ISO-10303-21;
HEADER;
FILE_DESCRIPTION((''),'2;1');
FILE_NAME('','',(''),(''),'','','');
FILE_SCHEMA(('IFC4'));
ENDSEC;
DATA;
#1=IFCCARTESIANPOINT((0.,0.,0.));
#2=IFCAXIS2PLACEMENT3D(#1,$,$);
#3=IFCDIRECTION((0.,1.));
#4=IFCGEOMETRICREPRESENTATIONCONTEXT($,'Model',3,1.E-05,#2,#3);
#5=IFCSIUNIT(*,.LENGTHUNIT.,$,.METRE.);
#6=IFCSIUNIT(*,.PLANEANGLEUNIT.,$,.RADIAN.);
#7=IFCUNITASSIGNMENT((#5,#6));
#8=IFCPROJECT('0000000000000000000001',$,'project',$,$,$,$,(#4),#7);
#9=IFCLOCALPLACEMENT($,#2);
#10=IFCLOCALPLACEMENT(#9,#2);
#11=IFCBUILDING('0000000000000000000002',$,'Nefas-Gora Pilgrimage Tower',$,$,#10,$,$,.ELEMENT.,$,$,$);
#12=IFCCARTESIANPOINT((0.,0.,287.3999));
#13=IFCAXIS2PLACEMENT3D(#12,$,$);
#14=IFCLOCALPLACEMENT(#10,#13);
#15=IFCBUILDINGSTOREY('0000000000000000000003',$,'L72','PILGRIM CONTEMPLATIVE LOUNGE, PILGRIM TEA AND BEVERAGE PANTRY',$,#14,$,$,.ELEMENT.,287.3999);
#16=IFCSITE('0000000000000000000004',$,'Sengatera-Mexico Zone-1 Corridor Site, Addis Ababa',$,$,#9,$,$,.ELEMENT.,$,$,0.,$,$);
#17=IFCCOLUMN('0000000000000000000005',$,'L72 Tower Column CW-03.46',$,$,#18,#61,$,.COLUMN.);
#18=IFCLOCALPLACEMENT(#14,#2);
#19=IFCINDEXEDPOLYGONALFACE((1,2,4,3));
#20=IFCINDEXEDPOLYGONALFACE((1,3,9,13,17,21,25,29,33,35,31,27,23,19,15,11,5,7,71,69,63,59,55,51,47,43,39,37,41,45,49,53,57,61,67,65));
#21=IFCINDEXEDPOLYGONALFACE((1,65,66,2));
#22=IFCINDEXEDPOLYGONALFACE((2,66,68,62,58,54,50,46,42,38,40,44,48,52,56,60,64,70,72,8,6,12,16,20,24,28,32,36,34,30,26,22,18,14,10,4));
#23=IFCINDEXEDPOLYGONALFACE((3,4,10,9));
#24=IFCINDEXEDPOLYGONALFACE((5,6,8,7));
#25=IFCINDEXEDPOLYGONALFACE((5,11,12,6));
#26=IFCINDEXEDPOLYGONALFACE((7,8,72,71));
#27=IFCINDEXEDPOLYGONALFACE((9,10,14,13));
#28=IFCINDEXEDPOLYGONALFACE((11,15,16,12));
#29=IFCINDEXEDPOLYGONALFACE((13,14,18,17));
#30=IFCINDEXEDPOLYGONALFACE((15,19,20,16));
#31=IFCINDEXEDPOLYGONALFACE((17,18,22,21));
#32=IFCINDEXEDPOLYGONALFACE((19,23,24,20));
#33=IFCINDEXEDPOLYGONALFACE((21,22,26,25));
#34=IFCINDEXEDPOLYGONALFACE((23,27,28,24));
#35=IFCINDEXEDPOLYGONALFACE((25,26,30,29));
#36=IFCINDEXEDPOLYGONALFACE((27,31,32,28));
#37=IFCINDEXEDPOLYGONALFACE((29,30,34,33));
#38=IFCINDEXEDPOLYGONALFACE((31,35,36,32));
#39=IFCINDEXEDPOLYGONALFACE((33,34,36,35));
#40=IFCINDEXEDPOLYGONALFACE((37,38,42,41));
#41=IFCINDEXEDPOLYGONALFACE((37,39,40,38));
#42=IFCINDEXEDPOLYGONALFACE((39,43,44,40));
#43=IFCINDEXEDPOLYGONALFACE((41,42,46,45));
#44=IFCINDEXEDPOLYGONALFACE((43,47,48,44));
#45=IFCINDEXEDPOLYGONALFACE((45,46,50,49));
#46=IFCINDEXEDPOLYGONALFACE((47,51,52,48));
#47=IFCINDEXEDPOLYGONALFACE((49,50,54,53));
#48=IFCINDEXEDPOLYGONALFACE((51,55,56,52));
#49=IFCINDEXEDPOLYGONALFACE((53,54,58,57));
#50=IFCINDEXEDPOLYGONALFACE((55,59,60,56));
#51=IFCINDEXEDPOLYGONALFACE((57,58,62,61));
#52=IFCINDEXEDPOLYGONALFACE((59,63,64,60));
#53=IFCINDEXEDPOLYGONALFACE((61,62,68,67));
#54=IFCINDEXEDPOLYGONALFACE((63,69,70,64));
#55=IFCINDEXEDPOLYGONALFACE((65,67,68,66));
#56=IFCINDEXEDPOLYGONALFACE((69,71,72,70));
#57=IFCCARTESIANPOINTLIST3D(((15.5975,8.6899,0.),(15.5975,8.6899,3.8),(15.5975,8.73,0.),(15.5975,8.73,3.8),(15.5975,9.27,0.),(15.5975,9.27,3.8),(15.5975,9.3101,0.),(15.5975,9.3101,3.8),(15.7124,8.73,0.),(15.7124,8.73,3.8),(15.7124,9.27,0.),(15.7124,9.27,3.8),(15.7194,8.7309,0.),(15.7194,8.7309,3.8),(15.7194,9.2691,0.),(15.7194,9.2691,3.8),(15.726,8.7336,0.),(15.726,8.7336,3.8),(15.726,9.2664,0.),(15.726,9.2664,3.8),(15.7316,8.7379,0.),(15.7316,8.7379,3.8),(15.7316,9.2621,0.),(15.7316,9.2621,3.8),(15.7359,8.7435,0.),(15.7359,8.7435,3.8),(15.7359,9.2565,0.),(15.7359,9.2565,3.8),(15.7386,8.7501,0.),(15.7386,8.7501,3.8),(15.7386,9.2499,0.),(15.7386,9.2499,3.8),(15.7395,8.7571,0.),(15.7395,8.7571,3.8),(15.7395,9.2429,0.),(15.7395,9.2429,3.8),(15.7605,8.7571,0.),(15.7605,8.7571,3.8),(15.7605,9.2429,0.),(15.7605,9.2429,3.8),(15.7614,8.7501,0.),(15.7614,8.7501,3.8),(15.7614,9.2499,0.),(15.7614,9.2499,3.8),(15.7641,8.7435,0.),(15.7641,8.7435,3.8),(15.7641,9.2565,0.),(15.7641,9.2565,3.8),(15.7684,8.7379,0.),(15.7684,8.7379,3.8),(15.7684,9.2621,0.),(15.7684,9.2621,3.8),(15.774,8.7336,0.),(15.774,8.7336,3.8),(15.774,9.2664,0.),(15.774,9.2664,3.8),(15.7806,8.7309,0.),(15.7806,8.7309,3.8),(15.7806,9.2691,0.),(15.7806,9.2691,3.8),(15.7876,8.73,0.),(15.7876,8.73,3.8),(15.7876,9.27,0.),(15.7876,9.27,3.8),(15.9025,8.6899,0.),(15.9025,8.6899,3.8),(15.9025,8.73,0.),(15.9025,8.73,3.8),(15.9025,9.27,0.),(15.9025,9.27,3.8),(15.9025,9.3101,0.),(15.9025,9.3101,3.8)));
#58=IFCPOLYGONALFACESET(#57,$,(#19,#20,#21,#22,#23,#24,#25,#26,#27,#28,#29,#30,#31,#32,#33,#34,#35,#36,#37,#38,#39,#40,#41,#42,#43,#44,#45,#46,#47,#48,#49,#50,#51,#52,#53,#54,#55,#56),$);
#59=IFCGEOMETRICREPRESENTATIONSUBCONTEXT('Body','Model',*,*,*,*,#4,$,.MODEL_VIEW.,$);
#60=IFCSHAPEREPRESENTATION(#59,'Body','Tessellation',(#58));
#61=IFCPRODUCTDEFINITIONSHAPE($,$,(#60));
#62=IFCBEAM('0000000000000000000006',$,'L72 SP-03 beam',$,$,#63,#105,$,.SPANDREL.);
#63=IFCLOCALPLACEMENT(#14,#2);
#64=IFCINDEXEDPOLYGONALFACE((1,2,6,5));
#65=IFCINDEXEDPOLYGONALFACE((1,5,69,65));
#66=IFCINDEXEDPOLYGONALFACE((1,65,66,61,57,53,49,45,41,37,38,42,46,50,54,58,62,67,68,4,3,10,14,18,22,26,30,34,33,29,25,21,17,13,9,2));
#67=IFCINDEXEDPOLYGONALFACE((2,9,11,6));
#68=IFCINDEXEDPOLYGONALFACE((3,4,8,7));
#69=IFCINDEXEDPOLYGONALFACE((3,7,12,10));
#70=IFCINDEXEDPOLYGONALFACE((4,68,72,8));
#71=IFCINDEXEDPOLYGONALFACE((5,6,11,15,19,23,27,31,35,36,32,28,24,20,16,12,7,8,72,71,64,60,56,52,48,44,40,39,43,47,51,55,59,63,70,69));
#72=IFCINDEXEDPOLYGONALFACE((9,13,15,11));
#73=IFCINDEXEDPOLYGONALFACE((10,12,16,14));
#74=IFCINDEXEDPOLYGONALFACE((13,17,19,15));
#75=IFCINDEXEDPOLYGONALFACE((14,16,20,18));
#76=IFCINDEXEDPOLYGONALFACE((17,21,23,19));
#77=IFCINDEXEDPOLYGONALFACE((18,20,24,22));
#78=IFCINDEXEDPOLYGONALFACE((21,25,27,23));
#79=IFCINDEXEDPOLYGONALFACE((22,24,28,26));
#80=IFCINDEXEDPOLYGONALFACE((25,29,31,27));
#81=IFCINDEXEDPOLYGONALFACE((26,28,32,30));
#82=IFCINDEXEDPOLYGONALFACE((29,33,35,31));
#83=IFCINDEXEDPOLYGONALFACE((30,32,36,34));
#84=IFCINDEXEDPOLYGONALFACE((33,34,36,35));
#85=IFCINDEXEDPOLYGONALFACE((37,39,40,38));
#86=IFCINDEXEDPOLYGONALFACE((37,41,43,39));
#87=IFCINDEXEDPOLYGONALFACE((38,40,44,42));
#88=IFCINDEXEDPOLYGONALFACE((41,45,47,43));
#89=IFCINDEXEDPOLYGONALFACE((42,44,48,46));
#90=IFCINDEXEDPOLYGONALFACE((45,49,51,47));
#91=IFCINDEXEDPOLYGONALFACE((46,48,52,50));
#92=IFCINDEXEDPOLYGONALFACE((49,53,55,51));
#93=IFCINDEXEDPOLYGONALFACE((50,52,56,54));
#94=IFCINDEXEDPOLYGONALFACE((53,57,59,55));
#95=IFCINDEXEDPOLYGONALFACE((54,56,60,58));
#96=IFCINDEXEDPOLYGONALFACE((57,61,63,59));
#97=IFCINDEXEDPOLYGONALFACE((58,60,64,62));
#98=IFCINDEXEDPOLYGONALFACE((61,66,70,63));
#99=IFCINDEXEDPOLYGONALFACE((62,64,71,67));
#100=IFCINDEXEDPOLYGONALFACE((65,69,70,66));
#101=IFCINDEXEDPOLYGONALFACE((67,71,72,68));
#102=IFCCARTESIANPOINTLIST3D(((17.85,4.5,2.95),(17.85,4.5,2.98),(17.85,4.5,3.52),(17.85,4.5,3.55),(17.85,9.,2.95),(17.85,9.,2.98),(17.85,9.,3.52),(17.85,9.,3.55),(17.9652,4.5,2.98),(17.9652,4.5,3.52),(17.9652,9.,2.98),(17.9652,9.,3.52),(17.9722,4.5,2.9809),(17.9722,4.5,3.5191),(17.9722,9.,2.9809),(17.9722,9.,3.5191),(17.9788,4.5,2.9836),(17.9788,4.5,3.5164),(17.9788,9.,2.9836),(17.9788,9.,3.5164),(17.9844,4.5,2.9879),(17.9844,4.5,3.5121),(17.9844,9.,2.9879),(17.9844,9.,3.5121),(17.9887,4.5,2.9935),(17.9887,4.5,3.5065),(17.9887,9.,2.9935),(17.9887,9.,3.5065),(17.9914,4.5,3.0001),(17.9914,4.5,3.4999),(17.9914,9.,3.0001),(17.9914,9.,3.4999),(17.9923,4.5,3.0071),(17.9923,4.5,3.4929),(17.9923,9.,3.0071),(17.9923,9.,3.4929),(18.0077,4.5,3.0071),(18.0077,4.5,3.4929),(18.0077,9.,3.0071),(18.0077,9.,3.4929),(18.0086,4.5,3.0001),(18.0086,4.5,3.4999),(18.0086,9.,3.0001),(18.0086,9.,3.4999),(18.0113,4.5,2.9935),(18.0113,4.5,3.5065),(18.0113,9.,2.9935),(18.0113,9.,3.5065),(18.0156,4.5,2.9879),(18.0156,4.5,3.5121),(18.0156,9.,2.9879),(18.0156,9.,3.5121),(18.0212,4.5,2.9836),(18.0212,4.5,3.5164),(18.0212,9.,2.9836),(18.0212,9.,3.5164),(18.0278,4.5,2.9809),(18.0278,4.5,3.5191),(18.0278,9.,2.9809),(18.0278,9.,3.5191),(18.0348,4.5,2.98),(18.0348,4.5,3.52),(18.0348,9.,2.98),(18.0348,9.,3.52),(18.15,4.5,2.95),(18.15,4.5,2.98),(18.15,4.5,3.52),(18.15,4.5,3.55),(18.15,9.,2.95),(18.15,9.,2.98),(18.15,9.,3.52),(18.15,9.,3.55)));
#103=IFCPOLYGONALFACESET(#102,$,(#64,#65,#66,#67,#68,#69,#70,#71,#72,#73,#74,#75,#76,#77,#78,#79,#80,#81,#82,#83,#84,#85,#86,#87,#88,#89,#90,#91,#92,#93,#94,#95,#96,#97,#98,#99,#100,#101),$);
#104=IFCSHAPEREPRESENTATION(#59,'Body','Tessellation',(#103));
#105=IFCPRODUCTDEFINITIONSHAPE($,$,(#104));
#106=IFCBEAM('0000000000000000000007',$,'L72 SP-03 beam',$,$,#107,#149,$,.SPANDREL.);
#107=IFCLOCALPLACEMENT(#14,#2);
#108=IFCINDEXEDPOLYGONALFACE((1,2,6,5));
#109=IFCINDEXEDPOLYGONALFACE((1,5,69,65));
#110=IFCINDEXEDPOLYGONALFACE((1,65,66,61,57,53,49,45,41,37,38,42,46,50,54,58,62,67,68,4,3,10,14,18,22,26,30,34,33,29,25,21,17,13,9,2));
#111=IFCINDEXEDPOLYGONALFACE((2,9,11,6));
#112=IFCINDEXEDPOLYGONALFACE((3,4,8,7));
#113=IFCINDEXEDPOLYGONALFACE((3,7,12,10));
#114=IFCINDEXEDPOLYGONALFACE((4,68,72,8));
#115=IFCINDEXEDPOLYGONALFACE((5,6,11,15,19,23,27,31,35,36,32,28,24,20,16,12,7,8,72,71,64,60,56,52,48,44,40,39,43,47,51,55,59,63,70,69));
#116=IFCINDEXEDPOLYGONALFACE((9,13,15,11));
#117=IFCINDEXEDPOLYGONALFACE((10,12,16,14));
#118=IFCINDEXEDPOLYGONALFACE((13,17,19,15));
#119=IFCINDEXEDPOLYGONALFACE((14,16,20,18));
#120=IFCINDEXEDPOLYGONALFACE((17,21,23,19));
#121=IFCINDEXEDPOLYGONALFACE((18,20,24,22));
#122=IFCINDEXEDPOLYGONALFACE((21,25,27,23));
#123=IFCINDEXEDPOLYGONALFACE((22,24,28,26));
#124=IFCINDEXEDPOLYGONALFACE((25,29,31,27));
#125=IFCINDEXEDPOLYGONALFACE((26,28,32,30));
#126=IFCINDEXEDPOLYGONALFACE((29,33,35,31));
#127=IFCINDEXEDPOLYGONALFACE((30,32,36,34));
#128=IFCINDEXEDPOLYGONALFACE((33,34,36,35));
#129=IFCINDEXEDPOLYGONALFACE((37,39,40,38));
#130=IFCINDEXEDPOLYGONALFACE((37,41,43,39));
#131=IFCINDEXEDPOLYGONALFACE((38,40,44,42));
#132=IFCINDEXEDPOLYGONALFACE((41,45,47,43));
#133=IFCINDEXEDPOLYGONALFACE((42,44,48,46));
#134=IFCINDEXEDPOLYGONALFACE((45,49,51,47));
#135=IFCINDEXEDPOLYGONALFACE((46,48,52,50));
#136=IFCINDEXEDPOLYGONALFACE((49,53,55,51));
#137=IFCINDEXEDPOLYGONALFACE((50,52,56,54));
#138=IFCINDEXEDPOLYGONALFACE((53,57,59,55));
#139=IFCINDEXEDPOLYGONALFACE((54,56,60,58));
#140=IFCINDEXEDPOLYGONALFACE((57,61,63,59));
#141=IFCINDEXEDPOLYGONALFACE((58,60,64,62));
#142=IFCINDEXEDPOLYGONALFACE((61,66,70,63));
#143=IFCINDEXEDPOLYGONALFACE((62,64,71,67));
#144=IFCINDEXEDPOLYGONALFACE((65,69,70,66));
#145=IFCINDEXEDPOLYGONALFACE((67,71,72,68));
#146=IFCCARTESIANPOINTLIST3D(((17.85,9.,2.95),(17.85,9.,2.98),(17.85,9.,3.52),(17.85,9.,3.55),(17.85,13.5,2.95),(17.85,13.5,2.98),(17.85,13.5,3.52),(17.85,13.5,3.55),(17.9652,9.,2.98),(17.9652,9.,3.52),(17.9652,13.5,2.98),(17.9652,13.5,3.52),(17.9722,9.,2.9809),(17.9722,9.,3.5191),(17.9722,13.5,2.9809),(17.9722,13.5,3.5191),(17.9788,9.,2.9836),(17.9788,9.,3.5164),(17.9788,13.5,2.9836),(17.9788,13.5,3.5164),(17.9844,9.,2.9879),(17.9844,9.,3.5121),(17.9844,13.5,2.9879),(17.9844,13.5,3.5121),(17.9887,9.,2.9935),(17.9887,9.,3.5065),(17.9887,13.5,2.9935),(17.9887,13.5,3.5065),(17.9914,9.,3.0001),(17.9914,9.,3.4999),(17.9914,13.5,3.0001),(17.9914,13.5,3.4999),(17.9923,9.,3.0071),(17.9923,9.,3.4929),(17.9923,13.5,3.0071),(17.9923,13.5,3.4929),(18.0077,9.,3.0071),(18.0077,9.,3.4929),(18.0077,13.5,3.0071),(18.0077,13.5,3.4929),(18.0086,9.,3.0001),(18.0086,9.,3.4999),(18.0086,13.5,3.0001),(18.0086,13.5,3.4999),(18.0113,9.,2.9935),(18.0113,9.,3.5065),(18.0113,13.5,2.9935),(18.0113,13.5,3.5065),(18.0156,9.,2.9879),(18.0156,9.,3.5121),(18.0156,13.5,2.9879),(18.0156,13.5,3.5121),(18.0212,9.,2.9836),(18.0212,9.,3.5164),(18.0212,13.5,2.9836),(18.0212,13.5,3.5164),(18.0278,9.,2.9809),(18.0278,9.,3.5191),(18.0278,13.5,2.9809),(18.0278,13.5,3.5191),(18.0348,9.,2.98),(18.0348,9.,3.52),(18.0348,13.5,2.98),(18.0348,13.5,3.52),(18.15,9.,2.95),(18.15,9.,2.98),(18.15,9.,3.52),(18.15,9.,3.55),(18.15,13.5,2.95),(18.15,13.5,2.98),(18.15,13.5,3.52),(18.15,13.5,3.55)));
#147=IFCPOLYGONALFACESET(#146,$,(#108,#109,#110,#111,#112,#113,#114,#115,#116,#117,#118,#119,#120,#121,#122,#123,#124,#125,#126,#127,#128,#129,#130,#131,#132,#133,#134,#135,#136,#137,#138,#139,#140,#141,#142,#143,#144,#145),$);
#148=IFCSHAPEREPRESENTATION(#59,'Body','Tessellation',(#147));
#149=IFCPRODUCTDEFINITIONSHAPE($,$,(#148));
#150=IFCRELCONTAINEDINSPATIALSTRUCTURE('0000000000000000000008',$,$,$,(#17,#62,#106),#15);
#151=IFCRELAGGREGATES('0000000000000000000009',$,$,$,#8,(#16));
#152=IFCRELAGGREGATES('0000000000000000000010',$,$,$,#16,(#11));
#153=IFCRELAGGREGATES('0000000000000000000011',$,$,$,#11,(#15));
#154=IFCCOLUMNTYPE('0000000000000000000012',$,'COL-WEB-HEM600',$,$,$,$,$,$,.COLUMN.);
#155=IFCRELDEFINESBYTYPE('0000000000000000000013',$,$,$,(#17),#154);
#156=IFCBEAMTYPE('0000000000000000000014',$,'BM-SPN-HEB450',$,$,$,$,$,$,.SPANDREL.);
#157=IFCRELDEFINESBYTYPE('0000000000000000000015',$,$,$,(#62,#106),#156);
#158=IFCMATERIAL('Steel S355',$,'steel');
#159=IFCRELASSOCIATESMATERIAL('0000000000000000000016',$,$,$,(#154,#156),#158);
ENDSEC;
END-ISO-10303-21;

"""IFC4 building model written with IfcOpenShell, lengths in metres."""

from ifc_helpers import new_model, si_unit, direction, frame, origin, origin_2d, place, context, subcontext, project, spatial, i_section, extrude, source, transform, mapped, material, material_profile, profile_set, type_object, element, save


model = new_model("IFC4")

# Units and contexts
model_context = context("Model", 3, precision=1e-05, world=origin(), true_north=direction((0.0, 1.0)))
body_context = subcontext(model_context, "Body", "Model", "MODEL_VIEW")
ifc_project = project(units=[si_unit("LENGTHUNIT", "METRE"), si_unit("PLANEANGLEUNIT", "RADIAN")], contexts=[model_context])

# Site, building, storey
site_placement = place(None, origin())
site = spatial("IfcSite", under=ifc_project, at=site_placement, Name="Sengatera-Mexico Zone-1 Corridor Site, Addis Ababa", CompositionType="ELEMENT", RefElevation=0.0)
building_placement = place(site_placement, origin())
building = spatial("IfcBuilding", under=site, at=building_placement, Name="Nefas-Gora Pilgrimage Tower", CompositionType="ELEMENT")
storey_placement = place(building_placement, frame((0.0, 0.0, 287.3999)))
storey = spatial("IfcBuildingStorey", under=building, at=storey_placement, Name="L72", Description="PILGRIM CONTEMPLATIVE LOUNGE, PILGRIM TEA AND BEVERAGE PANTRY", CompositionType="ELEMENT", Elevation=287.3999)

# Column
ifc_material_1 = material(Name="Steel S355", Category="steel")
ifc_material_profile_1 = material_profile(ifc_material_1, i_section(OverallWidth=0.3049, OverallDepth=0.6201, WebThickness=0.021, FlangeThickness=0.04, FilletRadius=0.0271, at=origin_2d()), Name="HEM 600")
ifc_profile_set_1 = profile_set([ifc_material_profile_1], Name="Steel S355")
column_type_1 = type_object("IfcColumnType", Name="COL-WEB-HEM600", PredefinedType="COLUMN", material=ifc_profile_set_1)
shared_shape_1 = source(origin(), body_context, "Body", "SweptSolid", [
    extrude(i_section(OverallWidth=0.3049, OverallDepth=0.6201, WebThickness=0.021, FlangeThickness=0.04, FilletRadius=0.0271, at=origin_2d()), origin(), (0.0, 0.0, 1.0), 3.8),
])
for number, where, z_axis, x_axis, name in (
    (1, (15.75, 9.0, 0.0), (0.0, 0.0, 1.0), (1.0, 0.0, 0.0), "L72 Tower Column CW-03.46"),
):
    element("IfcColumn", number, at=place(storey_placement, frame(where, z_axis=z_axis, x_axis=x_axis)), inside=storey, type_object=column_type_1, Name=name, PredefinedType="COLUMN", context=body_context, shape_type="MappedRepresentation", body=[
        mapped(shared_shape_1, transform((0.0, 0.0, 0.0), x_axis=(1.0, 0.0, 0.0), y_axis=(0.0, 1.0, 0.0), z_axis=(0.0, 0.0, 1.0), scale=1.0)),
    ])

# Beams
ifc_material_profile_2 = material_profile(ifc_material_1, i_section(OverallWidth=0.3, OverallDepth=0.6001, WebThickness=0.0154, FlangeThickness=0.03, FilletRadius=0.0271, at=origin_2d()), Name="HEB 600")
ifc_profile_set_2 = profile_set([ifc_material_profile_2], Name="Steel S355")
beam_type_1 = type_object("IfcBeamType", Name="BM-SPN-HEB450", PredefinedType="SPANDREL", material=ifc_profile_set_2)
shared_shape_2 = source(origin(), body_context, "Body", "SweptSolid", [
    extrude(i_section(OverallWidth=0.3, OverallDepth=0.6001, WebThickness=0.0154, FlangeThickness=0.03, FilletRadius=0.0271, at=origin_2d()), origin(), (0.0, 0.0, 1.0), 4.5),
])
for number, where, z_axis, x_axis, name in (
    (2, (18.0, 4.5, 3.25), (0.0, 1.0, 0.0), (-1.0, 0.0, 0.0), "L72 SP-03 beam"),
    (3, (18.0, 9.0, 3.25), (0.0, 1.0, 0.0), (-1.0, 0.0, 0.0), "L72 SP-03 beam"),
):
    element("IfcBeam", number, at=place(storey_placement, frame(where, z_axis=z_axis, x_axis=x_axis)), inside=storey, type_object=beam_type_1, Name=name, PredefinedType="SPANDREL", context=body_context, shape_type="MappedRepresentation", body=[
        mapped(shared_shape_2, transform((0.0, 0.0, 0.0), x_axis=(1.0, 0.0, 0.0), y_axis=(0.0, 1.0, 0.0), z_axis=(0.0, 0.0, 1.0), scale=1.0)),
    ])

save(model, "model.ifc")
